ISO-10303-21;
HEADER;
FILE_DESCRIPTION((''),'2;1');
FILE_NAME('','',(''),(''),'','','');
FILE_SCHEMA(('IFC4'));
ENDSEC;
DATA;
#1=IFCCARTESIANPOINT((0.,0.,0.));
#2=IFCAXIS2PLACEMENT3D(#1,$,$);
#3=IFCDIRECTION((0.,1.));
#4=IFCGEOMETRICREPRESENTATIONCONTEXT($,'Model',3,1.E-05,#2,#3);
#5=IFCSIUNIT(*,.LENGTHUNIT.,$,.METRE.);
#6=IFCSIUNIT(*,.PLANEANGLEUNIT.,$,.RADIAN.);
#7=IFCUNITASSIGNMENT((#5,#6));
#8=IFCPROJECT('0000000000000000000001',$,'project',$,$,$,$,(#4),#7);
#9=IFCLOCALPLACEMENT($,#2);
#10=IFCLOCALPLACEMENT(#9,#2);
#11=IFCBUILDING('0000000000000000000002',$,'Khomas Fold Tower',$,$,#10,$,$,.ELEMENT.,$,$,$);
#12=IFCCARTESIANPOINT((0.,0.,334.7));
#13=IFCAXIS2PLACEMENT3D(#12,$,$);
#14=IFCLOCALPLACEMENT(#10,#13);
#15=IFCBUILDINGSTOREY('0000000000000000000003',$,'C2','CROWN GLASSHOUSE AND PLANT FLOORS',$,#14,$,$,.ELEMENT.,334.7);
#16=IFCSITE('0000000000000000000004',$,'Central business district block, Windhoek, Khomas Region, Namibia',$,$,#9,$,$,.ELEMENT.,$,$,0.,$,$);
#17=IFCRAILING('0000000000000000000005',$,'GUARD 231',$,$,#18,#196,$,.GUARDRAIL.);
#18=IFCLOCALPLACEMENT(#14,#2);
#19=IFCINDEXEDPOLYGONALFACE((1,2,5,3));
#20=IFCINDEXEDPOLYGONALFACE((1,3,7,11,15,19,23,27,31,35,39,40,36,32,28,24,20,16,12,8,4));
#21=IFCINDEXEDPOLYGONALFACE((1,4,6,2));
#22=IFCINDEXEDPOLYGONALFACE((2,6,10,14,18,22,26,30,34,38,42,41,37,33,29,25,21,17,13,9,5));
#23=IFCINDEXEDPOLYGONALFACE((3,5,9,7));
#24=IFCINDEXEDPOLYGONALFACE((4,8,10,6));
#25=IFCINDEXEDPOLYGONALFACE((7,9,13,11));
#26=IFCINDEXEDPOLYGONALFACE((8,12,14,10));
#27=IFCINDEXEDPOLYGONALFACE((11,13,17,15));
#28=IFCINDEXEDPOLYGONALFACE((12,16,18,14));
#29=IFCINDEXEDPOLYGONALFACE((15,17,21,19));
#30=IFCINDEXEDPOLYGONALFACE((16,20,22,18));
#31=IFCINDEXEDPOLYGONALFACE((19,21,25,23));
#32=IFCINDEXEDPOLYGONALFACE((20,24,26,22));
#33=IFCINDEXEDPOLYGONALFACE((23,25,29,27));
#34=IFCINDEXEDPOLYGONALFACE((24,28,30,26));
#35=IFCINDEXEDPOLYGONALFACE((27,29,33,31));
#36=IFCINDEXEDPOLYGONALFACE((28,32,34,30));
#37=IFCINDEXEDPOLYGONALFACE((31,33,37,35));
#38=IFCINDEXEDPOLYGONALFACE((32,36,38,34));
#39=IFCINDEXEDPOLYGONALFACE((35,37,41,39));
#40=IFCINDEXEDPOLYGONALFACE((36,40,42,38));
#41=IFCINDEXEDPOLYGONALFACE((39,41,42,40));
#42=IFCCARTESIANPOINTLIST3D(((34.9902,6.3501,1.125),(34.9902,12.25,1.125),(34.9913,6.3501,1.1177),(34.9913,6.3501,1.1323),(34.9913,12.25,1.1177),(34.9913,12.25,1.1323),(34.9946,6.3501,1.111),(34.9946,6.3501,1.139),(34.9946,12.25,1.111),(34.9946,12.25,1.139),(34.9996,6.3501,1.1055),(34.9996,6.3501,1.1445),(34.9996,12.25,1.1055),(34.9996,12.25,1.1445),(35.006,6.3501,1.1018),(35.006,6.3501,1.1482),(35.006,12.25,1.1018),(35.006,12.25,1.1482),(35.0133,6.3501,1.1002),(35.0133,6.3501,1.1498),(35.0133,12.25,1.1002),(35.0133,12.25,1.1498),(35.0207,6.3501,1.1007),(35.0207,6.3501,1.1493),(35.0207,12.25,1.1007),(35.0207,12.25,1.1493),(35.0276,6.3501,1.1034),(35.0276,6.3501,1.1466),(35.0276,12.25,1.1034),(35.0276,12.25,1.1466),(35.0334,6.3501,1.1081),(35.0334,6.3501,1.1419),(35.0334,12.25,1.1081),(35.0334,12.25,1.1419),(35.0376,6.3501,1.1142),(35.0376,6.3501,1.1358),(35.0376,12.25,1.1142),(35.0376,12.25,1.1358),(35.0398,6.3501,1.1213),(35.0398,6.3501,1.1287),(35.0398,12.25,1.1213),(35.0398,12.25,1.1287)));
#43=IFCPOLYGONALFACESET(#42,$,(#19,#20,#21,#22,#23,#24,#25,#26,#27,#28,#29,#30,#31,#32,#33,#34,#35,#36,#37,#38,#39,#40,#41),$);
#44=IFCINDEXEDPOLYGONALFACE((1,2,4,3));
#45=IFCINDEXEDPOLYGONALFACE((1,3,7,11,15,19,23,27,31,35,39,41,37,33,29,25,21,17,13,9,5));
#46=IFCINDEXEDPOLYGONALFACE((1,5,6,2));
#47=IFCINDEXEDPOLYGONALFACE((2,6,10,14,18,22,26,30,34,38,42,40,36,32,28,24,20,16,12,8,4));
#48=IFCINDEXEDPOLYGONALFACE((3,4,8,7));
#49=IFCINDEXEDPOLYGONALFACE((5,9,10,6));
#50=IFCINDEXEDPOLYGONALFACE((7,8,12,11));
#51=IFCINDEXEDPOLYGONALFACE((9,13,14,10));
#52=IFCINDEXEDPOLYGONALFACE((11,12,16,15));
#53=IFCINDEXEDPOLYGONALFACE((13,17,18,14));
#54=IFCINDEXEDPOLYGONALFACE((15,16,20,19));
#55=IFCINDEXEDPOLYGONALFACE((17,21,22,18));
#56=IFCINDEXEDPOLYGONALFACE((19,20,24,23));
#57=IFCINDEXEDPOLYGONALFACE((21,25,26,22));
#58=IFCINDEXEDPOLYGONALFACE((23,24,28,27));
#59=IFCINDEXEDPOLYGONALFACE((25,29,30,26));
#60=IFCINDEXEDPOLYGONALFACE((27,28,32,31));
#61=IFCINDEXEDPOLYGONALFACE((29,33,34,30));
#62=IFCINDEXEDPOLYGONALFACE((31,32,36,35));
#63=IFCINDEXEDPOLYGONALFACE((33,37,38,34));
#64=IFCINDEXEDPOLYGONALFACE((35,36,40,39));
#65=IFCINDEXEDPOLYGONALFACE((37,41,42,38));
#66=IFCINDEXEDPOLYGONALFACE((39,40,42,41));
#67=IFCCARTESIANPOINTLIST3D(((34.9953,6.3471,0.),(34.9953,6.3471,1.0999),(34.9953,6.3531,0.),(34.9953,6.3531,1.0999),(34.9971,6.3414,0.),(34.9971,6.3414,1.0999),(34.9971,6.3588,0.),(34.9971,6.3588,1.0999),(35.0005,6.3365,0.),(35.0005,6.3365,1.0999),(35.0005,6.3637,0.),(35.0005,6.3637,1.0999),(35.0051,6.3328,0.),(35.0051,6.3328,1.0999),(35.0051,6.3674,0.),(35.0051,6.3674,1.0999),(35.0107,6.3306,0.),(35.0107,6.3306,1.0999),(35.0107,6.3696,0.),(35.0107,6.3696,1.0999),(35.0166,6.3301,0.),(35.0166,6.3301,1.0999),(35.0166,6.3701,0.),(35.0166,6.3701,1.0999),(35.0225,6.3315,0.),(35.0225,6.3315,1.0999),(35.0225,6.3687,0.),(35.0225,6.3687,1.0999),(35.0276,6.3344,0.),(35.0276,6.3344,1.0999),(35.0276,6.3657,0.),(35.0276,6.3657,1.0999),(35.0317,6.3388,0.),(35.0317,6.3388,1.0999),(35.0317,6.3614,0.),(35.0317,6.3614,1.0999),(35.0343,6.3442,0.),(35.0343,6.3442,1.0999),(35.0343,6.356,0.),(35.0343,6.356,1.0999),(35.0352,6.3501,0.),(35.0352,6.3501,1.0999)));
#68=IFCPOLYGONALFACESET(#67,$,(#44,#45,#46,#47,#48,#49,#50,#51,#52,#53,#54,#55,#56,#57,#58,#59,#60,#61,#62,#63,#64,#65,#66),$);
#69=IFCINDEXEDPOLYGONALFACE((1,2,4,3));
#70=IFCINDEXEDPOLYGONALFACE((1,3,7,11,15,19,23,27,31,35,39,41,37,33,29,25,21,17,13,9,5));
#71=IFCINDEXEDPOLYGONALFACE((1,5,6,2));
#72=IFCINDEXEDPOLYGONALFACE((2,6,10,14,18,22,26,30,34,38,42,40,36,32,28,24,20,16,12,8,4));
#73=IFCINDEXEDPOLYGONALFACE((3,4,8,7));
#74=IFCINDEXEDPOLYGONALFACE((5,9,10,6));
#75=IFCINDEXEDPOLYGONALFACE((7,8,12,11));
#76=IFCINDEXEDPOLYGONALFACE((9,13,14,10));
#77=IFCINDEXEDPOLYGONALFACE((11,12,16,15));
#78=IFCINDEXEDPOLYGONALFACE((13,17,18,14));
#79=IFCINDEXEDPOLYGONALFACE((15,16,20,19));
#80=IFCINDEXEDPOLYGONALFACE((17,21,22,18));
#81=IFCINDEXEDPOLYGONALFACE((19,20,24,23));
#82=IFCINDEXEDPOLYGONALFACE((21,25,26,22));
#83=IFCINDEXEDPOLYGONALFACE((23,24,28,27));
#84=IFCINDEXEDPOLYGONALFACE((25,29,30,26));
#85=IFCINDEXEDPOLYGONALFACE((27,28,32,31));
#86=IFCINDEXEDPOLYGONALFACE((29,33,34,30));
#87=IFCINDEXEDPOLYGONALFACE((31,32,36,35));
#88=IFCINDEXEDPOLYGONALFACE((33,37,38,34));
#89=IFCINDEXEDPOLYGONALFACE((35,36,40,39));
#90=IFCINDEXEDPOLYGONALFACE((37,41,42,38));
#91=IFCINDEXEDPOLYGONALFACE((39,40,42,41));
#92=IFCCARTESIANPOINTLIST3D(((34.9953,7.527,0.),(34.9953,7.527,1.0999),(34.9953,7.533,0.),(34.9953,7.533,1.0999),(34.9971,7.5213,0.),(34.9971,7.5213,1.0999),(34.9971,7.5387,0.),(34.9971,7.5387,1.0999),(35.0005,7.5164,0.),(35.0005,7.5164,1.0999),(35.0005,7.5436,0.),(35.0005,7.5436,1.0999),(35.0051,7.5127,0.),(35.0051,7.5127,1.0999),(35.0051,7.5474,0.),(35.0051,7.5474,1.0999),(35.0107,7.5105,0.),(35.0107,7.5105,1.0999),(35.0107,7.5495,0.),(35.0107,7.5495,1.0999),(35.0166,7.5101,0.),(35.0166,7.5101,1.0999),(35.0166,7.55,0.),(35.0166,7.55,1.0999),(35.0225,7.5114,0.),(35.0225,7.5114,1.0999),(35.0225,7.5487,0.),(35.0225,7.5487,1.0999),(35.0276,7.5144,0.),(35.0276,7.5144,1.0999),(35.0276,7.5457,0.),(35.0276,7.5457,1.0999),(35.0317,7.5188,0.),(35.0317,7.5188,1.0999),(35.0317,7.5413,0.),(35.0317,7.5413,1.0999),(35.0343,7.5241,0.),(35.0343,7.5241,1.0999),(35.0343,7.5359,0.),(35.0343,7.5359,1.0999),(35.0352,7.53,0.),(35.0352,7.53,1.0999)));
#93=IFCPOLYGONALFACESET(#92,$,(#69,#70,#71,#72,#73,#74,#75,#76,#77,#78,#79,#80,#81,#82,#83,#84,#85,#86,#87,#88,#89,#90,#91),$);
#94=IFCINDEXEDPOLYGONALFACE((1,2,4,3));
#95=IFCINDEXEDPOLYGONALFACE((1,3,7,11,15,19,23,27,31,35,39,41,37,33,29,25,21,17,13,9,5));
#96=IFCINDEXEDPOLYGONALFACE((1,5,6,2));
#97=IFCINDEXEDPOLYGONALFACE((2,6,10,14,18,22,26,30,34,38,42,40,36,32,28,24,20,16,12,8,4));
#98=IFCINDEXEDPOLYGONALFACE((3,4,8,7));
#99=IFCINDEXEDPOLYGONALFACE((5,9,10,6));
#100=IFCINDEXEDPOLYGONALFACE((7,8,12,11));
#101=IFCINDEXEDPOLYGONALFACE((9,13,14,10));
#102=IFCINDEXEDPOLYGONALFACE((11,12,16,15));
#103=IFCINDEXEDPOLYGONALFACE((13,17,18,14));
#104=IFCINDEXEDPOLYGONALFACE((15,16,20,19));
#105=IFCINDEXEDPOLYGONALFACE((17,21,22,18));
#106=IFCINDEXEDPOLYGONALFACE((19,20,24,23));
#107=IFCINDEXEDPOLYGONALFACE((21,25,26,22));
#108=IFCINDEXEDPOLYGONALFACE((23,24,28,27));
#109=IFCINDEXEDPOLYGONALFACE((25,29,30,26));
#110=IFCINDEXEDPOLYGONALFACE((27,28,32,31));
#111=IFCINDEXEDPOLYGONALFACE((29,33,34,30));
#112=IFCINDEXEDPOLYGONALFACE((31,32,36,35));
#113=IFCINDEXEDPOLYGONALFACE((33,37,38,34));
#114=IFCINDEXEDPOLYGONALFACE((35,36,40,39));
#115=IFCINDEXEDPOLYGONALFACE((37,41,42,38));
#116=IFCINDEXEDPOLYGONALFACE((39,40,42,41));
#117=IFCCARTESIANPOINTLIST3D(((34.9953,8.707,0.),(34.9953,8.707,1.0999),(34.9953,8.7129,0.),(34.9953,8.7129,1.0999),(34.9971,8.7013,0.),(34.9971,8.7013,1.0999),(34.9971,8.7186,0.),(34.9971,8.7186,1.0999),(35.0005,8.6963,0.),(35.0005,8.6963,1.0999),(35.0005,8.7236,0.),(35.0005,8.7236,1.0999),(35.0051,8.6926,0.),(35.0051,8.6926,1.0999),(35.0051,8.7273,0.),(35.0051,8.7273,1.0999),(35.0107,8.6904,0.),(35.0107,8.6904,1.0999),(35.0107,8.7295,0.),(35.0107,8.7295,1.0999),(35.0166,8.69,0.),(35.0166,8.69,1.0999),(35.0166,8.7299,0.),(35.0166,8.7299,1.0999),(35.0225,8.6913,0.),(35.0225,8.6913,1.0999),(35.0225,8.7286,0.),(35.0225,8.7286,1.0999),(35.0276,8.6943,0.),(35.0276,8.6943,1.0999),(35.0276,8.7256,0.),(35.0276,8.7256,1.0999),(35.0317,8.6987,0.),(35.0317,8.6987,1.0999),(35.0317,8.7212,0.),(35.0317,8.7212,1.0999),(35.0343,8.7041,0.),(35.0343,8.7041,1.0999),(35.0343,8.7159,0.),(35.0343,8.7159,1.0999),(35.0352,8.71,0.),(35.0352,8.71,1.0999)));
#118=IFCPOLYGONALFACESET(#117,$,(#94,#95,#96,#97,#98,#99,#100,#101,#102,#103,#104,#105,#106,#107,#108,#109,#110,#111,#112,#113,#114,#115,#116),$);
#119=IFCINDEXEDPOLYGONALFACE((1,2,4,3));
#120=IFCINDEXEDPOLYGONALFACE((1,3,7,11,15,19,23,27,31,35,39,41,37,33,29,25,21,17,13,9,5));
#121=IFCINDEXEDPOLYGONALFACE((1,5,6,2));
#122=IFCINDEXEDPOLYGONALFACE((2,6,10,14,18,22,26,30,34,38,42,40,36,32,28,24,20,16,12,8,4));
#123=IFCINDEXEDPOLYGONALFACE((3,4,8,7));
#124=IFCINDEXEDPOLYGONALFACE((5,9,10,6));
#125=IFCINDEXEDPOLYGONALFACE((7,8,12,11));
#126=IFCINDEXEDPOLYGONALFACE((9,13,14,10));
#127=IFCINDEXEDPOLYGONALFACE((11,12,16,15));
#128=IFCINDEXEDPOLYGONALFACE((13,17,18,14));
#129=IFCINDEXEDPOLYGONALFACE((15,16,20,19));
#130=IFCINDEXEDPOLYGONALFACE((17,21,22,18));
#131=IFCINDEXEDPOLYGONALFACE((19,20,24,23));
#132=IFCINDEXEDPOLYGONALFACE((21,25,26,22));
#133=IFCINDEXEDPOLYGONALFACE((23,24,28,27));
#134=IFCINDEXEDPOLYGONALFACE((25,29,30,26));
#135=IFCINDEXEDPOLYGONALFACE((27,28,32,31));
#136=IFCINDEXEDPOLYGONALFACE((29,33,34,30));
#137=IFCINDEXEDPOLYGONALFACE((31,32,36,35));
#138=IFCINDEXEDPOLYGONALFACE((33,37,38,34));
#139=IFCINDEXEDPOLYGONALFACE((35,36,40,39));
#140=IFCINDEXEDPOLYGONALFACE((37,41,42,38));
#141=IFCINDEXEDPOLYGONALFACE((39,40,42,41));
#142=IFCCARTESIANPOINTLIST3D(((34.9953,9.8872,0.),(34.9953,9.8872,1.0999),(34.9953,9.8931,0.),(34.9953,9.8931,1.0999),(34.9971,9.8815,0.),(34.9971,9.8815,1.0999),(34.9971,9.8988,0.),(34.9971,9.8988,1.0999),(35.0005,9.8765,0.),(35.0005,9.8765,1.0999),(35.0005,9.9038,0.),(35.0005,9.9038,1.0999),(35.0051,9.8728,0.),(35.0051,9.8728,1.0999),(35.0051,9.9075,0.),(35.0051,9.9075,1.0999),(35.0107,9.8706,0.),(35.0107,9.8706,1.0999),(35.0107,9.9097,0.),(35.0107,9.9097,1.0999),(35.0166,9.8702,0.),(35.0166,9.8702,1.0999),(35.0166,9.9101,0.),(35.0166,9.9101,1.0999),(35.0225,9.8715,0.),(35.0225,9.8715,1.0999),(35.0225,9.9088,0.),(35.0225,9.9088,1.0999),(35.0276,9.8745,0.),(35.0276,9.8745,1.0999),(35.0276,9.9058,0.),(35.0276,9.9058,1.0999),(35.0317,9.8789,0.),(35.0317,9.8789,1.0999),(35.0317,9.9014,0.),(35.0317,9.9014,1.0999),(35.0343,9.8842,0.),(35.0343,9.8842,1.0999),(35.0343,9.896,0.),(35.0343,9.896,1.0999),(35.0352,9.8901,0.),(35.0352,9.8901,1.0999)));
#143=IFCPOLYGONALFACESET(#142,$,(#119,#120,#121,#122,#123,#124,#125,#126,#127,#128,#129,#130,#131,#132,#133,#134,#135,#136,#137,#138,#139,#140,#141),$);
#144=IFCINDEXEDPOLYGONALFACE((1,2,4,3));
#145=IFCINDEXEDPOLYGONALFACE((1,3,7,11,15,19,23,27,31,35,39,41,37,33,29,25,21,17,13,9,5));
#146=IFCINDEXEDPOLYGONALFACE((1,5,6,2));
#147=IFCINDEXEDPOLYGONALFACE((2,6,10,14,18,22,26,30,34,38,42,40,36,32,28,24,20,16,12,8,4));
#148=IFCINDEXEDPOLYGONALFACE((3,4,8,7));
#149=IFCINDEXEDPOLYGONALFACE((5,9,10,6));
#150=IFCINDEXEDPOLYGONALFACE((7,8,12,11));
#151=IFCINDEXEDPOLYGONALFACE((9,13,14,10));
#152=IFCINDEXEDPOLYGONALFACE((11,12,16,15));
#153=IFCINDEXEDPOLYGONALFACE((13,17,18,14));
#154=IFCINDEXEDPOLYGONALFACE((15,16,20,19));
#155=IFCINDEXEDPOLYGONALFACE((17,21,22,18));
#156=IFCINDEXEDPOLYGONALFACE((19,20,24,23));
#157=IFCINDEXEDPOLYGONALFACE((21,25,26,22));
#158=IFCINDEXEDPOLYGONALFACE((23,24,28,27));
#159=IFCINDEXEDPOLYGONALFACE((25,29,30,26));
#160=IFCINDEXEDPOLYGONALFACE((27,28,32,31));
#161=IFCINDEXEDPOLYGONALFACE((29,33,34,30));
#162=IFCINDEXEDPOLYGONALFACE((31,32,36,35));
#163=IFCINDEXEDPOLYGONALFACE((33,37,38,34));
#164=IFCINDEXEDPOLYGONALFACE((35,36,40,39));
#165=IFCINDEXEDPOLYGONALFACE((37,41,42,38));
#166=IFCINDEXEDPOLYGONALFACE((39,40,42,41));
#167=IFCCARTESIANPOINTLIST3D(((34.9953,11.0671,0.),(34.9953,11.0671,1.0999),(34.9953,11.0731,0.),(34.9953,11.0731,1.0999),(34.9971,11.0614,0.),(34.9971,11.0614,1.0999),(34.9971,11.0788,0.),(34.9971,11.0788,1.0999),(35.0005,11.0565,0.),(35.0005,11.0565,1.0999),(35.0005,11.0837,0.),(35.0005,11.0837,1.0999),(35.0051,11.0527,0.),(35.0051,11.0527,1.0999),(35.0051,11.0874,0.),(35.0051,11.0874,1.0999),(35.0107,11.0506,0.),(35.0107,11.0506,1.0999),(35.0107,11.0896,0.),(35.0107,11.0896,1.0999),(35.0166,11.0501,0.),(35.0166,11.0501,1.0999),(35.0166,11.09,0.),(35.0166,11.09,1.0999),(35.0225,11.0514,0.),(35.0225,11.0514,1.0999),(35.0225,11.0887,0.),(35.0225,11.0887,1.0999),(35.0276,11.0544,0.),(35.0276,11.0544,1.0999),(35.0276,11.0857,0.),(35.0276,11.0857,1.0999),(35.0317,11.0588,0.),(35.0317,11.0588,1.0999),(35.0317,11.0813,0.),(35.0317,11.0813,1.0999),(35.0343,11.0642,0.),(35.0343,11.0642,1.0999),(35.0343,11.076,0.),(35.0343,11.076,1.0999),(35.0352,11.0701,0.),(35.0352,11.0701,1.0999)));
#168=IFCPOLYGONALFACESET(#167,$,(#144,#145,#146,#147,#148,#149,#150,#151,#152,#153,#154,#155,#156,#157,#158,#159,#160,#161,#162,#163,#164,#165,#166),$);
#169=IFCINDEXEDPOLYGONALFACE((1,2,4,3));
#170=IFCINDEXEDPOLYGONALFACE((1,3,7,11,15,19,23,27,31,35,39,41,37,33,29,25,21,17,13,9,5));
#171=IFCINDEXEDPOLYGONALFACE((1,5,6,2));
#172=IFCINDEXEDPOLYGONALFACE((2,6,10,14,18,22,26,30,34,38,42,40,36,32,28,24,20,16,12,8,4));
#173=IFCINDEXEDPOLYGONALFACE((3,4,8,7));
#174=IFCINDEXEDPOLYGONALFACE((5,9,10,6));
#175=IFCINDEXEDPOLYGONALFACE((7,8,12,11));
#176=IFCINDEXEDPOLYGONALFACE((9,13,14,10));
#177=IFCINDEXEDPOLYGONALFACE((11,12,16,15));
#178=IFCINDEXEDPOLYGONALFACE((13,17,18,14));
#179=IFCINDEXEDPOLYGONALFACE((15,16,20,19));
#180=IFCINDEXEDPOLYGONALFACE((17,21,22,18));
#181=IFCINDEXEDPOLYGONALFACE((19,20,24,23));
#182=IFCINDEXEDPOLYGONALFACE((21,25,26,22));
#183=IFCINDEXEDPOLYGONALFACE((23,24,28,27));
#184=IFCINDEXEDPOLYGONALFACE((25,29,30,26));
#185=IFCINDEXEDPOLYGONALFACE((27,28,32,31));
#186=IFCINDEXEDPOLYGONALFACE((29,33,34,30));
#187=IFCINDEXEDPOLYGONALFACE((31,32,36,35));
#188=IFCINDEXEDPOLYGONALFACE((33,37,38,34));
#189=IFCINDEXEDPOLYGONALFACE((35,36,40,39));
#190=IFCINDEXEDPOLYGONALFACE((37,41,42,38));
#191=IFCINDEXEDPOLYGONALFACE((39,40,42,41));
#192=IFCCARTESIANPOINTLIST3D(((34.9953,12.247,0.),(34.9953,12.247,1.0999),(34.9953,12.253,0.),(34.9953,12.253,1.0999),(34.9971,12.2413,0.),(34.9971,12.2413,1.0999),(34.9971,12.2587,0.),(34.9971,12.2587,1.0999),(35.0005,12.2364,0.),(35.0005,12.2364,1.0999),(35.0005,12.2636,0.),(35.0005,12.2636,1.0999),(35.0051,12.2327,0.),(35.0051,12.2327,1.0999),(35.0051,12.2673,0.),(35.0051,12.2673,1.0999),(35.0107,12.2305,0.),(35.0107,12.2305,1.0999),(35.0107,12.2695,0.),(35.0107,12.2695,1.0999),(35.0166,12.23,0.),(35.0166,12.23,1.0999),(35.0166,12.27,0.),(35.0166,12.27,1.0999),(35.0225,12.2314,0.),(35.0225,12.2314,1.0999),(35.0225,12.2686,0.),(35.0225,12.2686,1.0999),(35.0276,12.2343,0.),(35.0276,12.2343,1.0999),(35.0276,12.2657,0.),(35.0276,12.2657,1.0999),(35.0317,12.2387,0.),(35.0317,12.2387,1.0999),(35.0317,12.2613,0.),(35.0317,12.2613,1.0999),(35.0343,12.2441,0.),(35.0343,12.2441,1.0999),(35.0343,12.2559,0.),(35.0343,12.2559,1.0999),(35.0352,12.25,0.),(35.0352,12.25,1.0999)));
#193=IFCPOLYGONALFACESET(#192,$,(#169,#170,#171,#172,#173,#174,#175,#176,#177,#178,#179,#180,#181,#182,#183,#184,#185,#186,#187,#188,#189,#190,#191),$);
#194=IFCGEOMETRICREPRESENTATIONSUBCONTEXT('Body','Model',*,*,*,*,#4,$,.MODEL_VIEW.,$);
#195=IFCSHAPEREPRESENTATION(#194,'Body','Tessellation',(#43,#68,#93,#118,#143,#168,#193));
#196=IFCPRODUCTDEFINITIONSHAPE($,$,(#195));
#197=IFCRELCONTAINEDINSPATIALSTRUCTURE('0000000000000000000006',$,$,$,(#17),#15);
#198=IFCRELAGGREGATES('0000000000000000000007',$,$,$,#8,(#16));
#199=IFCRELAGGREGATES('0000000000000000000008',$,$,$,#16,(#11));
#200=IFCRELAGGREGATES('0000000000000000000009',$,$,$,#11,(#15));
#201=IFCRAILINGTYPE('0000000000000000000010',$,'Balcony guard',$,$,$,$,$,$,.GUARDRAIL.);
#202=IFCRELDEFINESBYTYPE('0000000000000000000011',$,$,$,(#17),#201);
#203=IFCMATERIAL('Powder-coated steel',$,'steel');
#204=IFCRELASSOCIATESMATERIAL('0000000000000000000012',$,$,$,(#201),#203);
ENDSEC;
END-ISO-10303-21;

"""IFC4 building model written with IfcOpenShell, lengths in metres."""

from ifc_helpers import new_model, si_unit, direction, frame, origin, origin_2d, place, context, subcontext, project, spatial, circle, extrude, source, transform, mapped, material, type_object, element, save


model = new_model("IFC4")

# Units and contexts
model_context = context("Model", 3, precision=1e-05, world=origin(), true_north=direction((0.0, 1.0)))
body_context = subcontext(model_context, "Body", "Model", "MODEL_VIEW")
ifc_project = project(units=[si_unit("LENGTHUNIT", "METRE"), si_unit("PLANEANGLEUNIT", "RADIAN")], contexts=[model_context])

# Site, building, storey
site_placement = place(None, origin())
site = spatial("IfcSite", under=ifc_project, at=site_placement, Name="Central business district block, Windhoek, Khomas Region, Namibia", CompositionType="ELEMENT", RefElevation=0.0)
building_placement = place(site_placement, origin())
building = spatial("IfcBuilding", under=site, at=building_placement, Name="Khomas Fold Tower", CompositionType="ELEMENT")
storey_placement = place(building_placement, frame((0.0, 0.0, 334.7)))
storey = spatial("IfcBuildingStorey", under=building, at=storey_placement, Name="C2", Description="CROWN GLASSHOUSE AND PLANT FLOORS", CompositionType="ELEMENT", Elevation=334.7)

# Railing
ifc_material_1 = material(Name="Powder-coated steel", Category="steel")
railing_type = type_object("IfcRailingType", Name="Balcony guard", PredefinedType="GUARDRAIL", material=ifc_material_1)
shared_shape_1 = source(origin(), body_context, "Body", "SweptSolid", [
    extrude(circle(Radius=0.0249, at=origin_2d()), frame((0.0, 0.0, 1.125), z_axis=(0.0, 1.0, 0.0), x_axis=(-1.0, 0.0, 0.0)), (0.0, 0.0, 1.0), 5.8999),
    extrude(circle(Radius=0.02, at=origin_2d()), origin(), (0.0, 0.0, 1.0), 1.0999),
    extrude(circle(Radius=0.02, at=origin_2d()), frame((0.0, 1.1799, 0.0)), (0.0, 0.0, 1.0), 1.0999),
    extrude(circle(Radius=0.02, at=origin_2d()), frame((0.0, 2.3599, 0.0)), (0.0, 0.0, 1.0), 1.0999),
    extrude(circle(Radius=0.02, at=origin_2d()), frame((0.0, 3.54, 0.0)), (0.0, 0.0, 1.0), 1.0999),
    extrude(circle(Radius=0.02, at=origin_2d()), frame((0.0, 4.72, 0.0)), (0.0, 0.0, 1.0), 1.0999),
    extrude(circle(Radius=0.02, at=origin_2d()), frame((0.0, 5.8999, 0.0)), (0.0, 0.0, 1.0), 1.0999),
])
for number, where, name in (
    (1, (35.0151, 6.3501, 0.0), "GUARD 231"),
):
    element("IfcRailing", number, at=place(storey_placement, frame(where)), inside=storey, type_object=railing_type, Name=name, PredefinedType="GUARDRAIL", context=body_context, shape_type="MappedRepresentation", body=[
        mapped(shared_shape_1, transform((0.0, 0.0, 0.0))),
    ])

save(model, "model.ifc")
